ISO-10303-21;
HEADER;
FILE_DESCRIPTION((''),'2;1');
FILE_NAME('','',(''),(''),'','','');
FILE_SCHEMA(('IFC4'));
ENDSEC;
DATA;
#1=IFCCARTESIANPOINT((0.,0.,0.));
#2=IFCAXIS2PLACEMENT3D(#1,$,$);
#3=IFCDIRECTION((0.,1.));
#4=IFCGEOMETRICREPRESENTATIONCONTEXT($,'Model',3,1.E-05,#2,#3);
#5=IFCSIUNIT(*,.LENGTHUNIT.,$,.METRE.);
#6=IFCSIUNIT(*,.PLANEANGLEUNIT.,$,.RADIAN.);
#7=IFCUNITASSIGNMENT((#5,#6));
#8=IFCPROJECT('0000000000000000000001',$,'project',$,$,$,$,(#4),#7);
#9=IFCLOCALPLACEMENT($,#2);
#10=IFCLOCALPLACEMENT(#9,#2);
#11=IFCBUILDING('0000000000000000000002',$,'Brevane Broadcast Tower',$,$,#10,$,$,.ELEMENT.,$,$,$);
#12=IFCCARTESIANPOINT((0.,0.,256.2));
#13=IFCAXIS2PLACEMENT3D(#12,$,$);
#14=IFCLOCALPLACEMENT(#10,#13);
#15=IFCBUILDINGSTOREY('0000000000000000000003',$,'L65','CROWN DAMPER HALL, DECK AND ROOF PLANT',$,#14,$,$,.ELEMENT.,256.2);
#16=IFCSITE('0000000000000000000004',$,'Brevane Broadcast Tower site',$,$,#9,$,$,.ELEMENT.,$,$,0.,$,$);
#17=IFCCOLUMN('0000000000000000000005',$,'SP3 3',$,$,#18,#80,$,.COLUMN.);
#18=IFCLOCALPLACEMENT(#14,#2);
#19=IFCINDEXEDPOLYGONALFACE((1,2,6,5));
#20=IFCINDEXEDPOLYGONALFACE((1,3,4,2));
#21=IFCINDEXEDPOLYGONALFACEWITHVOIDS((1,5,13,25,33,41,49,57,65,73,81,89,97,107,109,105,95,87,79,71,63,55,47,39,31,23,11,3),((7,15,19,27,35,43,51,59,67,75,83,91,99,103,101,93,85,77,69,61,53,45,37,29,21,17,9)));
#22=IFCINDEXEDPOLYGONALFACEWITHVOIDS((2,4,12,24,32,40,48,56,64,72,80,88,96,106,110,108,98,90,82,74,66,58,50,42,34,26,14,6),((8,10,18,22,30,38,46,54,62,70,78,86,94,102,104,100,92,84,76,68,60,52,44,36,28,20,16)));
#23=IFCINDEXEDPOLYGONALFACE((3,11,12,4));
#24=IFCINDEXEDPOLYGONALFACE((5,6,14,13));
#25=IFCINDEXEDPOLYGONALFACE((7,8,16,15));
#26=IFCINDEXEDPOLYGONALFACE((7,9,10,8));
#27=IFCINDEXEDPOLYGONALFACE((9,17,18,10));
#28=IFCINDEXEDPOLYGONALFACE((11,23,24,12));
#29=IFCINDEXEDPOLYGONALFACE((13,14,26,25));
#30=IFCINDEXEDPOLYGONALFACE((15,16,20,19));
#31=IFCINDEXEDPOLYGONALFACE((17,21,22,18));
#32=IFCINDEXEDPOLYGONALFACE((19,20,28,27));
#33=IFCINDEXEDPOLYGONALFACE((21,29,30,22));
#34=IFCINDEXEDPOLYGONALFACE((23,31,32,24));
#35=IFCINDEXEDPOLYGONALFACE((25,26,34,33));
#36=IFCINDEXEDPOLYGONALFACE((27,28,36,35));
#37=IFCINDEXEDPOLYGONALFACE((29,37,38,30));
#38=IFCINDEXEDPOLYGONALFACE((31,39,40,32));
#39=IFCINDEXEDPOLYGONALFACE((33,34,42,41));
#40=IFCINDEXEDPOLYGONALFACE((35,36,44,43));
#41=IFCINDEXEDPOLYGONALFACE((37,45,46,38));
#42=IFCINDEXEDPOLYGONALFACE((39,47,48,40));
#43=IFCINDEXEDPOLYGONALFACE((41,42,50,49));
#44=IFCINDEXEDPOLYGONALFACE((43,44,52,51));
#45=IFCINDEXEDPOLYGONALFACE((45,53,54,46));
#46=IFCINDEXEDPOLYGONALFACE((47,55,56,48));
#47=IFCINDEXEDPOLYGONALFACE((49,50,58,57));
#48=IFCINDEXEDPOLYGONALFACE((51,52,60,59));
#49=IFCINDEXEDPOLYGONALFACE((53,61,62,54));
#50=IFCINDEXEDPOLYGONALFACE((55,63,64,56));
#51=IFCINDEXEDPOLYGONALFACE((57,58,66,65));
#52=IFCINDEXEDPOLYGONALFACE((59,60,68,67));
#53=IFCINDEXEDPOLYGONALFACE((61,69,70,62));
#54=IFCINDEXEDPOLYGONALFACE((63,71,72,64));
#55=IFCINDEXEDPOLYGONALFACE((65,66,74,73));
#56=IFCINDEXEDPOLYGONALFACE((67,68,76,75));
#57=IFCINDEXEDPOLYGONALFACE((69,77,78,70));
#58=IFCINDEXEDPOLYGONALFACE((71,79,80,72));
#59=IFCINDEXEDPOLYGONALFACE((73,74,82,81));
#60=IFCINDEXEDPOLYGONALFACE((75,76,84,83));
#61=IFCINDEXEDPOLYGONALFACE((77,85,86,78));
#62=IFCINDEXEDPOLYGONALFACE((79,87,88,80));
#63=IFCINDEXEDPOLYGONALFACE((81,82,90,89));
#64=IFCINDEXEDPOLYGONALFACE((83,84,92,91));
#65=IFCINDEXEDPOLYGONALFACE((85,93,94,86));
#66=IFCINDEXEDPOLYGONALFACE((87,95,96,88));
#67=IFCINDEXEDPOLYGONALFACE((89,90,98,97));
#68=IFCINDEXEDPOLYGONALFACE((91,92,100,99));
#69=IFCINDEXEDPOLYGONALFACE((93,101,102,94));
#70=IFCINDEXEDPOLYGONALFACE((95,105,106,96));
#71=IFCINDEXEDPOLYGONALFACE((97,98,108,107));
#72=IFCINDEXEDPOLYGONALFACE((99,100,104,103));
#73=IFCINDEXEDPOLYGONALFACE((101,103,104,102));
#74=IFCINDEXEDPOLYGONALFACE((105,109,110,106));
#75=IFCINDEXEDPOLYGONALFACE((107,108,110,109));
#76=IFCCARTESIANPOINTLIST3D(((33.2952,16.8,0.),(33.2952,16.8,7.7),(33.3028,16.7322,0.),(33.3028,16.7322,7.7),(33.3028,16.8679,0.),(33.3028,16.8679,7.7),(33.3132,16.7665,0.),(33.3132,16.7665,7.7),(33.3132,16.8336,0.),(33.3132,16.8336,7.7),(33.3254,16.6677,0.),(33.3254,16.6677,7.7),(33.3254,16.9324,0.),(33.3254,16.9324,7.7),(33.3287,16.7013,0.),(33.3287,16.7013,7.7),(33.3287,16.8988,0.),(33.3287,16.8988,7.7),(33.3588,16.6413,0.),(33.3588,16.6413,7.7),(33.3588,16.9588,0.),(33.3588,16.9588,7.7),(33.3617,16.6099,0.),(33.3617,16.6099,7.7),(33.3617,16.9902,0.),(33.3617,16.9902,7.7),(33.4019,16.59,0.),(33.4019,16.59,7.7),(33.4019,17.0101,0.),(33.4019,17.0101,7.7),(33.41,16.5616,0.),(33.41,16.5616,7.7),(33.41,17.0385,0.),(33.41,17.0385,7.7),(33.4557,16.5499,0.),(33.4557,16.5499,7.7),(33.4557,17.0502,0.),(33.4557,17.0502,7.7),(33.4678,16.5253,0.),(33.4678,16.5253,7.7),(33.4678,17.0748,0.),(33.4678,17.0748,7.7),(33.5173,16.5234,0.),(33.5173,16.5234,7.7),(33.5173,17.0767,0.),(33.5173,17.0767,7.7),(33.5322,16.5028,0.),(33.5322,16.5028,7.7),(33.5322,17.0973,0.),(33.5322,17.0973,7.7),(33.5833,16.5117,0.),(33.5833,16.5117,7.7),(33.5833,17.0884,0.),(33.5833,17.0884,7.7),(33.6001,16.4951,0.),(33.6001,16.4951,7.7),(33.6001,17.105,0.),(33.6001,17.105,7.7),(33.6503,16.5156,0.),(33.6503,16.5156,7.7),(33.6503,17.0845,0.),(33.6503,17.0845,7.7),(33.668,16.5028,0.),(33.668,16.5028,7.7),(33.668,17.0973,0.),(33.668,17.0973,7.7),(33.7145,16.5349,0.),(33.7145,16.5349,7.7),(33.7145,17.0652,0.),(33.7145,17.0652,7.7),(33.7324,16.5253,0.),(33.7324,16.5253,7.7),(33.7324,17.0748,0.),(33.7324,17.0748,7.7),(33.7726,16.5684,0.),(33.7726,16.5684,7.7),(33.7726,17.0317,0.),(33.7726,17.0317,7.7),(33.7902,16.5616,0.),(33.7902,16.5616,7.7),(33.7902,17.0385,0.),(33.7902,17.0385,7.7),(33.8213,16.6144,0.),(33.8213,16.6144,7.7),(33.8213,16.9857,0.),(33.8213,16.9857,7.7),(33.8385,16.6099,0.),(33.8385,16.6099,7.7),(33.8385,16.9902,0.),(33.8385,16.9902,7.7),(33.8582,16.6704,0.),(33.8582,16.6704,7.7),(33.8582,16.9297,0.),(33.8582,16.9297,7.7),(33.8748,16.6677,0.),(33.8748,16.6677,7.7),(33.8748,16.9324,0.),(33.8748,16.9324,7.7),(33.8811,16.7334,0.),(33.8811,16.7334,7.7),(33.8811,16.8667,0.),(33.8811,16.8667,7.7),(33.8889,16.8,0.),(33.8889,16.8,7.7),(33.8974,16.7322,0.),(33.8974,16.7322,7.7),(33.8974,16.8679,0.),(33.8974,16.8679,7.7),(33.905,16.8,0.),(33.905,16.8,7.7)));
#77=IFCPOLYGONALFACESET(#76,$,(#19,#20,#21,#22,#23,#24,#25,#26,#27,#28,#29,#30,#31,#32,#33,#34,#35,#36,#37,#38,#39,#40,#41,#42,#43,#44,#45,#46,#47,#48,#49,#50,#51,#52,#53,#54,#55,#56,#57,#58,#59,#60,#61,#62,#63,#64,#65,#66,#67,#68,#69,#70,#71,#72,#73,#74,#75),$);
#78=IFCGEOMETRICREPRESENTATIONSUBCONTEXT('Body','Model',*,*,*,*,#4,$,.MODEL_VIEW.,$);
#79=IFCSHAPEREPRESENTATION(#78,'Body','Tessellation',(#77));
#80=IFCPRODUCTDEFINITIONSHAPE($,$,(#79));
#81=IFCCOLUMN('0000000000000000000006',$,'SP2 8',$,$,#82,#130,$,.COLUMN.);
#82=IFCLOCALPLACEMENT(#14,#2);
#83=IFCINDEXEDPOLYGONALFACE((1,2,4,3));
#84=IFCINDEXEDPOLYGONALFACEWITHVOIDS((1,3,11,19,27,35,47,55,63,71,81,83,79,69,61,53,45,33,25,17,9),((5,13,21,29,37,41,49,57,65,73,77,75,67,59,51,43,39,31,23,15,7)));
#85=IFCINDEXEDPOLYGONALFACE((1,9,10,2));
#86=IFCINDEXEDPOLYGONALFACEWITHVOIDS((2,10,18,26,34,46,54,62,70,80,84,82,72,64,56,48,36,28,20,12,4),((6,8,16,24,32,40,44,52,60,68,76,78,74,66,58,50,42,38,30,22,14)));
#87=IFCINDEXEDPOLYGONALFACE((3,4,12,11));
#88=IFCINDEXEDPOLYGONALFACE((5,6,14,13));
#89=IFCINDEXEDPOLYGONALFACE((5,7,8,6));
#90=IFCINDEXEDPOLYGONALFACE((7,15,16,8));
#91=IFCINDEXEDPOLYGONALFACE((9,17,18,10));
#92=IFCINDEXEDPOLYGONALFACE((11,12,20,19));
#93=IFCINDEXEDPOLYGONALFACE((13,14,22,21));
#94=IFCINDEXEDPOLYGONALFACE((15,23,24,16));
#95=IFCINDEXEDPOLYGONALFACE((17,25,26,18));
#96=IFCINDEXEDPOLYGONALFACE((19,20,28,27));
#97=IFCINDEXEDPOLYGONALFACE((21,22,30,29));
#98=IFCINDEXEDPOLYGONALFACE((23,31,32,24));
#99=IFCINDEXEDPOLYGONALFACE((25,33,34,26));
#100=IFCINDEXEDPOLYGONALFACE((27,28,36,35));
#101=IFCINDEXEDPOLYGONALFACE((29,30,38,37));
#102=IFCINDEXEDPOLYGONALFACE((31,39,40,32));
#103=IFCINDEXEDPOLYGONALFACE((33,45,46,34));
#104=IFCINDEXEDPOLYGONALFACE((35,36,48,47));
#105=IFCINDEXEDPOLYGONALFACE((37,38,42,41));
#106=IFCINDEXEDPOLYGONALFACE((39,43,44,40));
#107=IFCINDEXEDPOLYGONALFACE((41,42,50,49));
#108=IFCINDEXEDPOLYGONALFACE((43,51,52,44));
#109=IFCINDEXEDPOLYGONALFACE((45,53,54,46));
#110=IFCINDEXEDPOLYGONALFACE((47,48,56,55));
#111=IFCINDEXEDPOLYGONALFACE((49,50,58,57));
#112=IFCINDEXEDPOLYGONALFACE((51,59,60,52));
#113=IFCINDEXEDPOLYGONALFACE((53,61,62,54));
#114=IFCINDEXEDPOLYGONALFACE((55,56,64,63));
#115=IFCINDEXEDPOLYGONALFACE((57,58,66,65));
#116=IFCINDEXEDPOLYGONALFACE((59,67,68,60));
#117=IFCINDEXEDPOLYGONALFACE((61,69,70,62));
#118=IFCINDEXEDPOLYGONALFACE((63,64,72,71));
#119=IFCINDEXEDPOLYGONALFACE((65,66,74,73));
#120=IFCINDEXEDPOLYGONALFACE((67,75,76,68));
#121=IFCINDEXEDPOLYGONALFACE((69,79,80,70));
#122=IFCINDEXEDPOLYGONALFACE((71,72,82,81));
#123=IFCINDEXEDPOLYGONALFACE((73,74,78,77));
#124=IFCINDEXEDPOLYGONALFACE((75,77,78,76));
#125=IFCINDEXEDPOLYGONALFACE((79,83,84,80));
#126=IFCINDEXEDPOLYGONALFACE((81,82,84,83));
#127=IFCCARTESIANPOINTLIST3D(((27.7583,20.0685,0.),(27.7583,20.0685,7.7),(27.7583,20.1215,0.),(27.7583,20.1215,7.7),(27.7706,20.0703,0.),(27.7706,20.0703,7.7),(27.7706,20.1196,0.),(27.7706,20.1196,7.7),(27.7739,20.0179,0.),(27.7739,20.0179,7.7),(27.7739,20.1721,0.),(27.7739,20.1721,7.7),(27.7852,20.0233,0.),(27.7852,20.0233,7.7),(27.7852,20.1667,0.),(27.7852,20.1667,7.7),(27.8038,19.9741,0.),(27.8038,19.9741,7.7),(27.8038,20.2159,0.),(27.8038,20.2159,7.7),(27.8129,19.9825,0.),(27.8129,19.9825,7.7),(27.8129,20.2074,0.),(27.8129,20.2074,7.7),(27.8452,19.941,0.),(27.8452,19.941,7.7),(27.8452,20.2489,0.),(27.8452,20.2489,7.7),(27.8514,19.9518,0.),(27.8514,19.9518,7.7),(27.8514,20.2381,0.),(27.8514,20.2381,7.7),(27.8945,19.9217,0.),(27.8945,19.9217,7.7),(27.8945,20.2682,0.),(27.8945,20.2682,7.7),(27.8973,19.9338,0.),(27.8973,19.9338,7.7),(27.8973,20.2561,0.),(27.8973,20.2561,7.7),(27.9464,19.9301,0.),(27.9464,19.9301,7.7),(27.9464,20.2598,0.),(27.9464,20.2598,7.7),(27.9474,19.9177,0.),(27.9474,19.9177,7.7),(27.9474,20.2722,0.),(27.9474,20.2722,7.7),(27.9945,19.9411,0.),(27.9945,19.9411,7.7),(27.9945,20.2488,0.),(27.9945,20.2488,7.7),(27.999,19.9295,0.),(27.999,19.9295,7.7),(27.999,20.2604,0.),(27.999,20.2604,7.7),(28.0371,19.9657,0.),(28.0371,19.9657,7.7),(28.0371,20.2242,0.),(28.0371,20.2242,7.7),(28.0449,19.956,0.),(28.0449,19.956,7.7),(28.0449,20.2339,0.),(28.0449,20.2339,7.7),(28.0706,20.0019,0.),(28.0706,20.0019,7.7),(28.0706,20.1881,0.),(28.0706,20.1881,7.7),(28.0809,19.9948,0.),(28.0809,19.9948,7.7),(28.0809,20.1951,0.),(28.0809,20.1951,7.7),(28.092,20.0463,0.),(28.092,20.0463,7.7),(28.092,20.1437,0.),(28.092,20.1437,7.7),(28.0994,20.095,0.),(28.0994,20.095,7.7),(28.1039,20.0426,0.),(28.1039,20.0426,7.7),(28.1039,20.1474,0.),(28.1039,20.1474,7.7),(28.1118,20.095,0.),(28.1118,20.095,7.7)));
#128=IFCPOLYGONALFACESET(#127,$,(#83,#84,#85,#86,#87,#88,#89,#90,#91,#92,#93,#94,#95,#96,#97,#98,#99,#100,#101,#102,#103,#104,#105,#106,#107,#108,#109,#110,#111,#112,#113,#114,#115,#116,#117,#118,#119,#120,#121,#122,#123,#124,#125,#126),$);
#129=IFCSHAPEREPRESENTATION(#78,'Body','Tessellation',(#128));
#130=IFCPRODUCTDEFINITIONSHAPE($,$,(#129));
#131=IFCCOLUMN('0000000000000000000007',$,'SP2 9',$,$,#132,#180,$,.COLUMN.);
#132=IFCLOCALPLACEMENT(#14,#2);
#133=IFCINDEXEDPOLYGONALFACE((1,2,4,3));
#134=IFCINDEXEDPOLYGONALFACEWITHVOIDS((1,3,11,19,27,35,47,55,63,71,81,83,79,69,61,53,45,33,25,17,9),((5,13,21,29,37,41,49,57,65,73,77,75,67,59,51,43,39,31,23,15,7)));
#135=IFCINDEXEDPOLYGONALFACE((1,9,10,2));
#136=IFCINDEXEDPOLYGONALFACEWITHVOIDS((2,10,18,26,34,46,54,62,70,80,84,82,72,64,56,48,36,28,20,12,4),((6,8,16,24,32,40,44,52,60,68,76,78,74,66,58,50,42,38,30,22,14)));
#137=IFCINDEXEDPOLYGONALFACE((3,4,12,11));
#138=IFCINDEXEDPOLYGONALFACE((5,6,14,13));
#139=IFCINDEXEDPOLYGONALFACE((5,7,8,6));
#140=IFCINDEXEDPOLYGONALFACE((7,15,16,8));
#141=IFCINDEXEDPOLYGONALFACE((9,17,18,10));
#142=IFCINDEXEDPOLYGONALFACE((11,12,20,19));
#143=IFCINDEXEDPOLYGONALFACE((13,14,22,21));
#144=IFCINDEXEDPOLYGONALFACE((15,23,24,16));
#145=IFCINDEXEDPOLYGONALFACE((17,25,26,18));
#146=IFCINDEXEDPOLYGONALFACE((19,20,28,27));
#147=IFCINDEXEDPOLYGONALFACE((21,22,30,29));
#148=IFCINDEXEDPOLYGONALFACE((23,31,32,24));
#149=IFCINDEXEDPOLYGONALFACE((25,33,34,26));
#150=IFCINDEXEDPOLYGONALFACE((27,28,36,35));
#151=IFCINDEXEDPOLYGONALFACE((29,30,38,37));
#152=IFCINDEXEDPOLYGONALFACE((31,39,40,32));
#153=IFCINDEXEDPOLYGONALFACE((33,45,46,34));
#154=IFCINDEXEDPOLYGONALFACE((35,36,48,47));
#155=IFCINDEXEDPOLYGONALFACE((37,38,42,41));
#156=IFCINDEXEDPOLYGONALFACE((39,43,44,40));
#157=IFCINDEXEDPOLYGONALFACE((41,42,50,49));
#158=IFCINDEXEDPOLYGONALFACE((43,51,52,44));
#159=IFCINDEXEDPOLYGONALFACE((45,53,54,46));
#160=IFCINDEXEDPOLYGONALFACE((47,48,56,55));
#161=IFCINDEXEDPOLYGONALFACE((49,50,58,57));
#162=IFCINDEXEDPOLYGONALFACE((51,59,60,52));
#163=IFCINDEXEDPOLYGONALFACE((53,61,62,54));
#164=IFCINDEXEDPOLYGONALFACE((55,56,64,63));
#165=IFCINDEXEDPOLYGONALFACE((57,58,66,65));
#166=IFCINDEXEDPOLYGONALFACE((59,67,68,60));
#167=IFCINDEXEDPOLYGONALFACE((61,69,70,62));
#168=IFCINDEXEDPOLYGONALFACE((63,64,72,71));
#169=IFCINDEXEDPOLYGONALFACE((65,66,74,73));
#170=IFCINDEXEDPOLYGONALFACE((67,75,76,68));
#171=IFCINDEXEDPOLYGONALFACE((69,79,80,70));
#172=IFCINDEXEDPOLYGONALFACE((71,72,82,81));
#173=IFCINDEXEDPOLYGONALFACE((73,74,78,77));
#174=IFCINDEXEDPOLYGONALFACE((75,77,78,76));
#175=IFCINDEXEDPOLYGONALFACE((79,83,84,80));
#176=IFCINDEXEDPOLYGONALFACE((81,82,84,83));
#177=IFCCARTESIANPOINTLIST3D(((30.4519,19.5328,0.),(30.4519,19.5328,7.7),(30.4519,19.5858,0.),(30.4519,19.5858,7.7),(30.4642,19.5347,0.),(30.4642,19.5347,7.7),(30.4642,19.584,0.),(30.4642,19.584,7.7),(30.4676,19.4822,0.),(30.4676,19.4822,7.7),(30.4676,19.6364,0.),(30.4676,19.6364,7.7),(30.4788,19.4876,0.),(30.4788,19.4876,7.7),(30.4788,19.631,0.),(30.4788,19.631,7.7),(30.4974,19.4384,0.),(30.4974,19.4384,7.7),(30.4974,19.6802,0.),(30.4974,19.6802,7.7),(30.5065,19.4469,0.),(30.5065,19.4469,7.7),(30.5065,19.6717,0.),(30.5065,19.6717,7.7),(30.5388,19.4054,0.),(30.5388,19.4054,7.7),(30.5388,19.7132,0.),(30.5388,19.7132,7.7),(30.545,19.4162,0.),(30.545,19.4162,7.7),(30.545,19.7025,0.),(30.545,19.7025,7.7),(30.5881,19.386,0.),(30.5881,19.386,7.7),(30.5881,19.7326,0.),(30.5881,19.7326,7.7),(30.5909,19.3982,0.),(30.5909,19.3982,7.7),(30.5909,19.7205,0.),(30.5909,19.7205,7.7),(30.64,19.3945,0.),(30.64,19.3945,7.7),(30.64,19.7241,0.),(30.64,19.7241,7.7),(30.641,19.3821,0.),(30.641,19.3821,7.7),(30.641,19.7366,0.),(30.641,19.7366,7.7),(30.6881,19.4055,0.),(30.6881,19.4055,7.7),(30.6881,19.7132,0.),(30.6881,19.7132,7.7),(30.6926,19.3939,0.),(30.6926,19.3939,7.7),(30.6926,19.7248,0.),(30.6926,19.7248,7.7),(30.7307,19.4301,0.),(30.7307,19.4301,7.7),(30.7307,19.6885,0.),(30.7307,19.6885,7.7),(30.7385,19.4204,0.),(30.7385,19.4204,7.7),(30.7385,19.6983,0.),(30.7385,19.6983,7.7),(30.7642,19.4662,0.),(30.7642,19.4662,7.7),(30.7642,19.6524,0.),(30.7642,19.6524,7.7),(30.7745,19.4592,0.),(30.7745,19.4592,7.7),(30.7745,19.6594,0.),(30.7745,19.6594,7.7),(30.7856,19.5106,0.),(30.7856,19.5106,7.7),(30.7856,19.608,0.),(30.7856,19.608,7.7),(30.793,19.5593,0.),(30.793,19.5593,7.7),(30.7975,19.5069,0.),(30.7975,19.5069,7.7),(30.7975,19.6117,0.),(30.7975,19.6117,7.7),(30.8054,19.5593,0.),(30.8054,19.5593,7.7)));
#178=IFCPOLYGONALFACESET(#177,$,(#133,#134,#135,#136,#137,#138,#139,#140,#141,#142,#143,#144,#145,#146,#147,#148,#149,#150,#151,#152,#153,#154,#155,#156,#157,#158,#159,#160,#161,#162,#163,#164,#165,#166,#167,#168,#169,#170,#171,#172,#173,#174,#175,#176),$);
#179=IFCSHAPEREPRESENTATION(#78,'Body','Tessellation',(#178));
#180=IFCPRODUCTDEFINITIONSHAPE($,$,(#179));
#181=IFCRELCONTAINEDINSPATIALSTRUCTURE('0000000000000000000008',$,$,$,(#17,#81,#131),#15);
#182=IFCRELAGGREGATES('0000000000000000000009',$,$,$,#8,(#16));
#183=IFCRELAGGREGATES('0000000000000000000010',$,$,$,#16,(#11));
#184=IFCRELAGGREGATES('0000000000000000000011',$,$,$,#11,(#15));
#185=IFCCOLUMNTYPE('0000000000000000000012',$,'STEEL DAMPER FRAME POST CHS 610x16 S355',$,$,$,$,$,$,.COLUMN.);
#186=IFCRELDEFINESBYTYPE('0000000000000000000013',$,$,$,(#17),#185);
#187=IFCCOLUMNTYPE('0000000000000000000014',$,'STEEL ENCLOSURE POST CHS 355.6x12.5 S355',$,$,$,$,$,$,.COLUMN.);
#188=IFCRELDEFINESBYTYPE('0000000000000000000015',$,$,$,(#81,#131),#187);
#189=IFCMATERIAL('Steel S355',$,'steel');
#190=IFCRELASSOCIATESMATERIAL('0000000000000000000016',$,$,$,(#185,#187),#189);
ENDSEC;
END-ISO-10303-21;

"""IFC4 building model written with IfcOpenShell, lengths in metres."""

from ifc_helpers import new_model, si_unit, direction, frame, origin, origin_2d, place, context, subcontext, project, spatial, hollow_circle, extrude, material, material_profile, profile_set, type_object, element, save


model = new_model("IFC4")

# Units and contexts
model_context = context("Model", 3, precision=1e-05, world=origin(), true_north=direction((0.0, 1.0)))
body_context = subcontext(model_context, "Body", "Model", "MODEL_VIEW")
ifc_project = project(units=[si_unit("LENGTHUNIT", "METRE"), si_unit("PLANEANGLEUNIT", "RADIAN")], contexts=[model_context])

# Site, building, storey
site_placement = place(None, origin())
site = spatial("IfcSite", under=ifc_project, at=site_placement, Name="Brevane Broadcast Tower site", CompositionType="ELEMENT", RefElevation=0.0)
building_placement = place(site_placement, origin())
building = spatial("IfcBuilding", under=site, at=building_placement, Name="Brevane Broadcast Tower", CompositionType="ELEMENT")
storey_placement = place(building_placement, frame((0.0, 0.0, 256.2)))
storey = spatial("IfcBuildingStorey", under=building, at=storey_placement, Name="L65", Description="CROWN DAMPER HALL, DECK AND ROOF PLANT", CompositionType="ELEMENT", Elevation=256.2)

# Columns
ifc_material_1 = material(Name="Steel S355", Category="steel")
ifc_material_profile_1 = material_profile(ifc_material_1, hollow_circle(Radius=0.3049, WallThickness=0.0161, at=origin_2d()), Name="CHS 610x16")
ifc_profile_set_1 = profile_set([ifc_material_profile_1], Name="Steel S355")
column_type_1 = type_object("IfcColumnType", Name="STEEL DAMPER FRAME POST CHS 610x16 S355", PredefinedType="COLUMN", material=ifc_profile_set_1)
column_placement = place(storey_placement, frame((33.6001, 16.8, 0.0), z_axis=(0.0, 0.0, 1.0), x_axis=(1.0, 0.0, 0.0)))
element("IfcColumn", 1, at=column_placement, inside=storey, type_object=column_type_1, Name="SP3 3", PredefinedType="COLUMN", context=body_context, shape_type="SweptSolid", body=[
    extrude(hollow_circle(Radius=0.3049, WallThickness=0.0161, at=origin_2d()), origin(), (0.0, 0.0, 1.0), 7.7),
])
ifc_material_profile_2 = material_profile(ifc_material_1, hollow_circle(Radius=0.1777, WallThickness=0.0125, at=origin_2d()), Name="CHS 355.6x12.5")
ifc_profile_set_2 = profile_set([ifc_material_profile_2], Name="Steel S355")
column_type_2 = type_object("IfcColumnType", Name="STEEL ENCLOSURE POST CHS 355.6x12.5 S355", PredefinedType="COLUMN", material=ifc_profile_set_2)
for number, where, z_axis, x_axis, name in (
    (2, (27.9341, 20.095, 0.0), (0.0, 0.0, 1.0), (1.0, 0.0, 0.0), "SP2 8"),
    (3, (30.6277, 19.5593, 0.0), (0.0, 0.0, 1.0), (1.0, 0.0, 0.0), "SP2 9"),
):
    element("IfcColumn", number, at=place(storey_placement, frame(where, z_axis=z_axis, x_axis=x_axis)), inside=storey, type_object=column_type_2, Name=name, PredefinedType="COLUMN", context=body_context, shape_type="SweptSolid", body=[
        extrude(hollow_circle(Radius=0.1777, WallThickness=0.0125, at=origin_2d()), origin(), (0.0, 0.0, 1.0), 7.7),
    ])

save(model, "model.ifc")
